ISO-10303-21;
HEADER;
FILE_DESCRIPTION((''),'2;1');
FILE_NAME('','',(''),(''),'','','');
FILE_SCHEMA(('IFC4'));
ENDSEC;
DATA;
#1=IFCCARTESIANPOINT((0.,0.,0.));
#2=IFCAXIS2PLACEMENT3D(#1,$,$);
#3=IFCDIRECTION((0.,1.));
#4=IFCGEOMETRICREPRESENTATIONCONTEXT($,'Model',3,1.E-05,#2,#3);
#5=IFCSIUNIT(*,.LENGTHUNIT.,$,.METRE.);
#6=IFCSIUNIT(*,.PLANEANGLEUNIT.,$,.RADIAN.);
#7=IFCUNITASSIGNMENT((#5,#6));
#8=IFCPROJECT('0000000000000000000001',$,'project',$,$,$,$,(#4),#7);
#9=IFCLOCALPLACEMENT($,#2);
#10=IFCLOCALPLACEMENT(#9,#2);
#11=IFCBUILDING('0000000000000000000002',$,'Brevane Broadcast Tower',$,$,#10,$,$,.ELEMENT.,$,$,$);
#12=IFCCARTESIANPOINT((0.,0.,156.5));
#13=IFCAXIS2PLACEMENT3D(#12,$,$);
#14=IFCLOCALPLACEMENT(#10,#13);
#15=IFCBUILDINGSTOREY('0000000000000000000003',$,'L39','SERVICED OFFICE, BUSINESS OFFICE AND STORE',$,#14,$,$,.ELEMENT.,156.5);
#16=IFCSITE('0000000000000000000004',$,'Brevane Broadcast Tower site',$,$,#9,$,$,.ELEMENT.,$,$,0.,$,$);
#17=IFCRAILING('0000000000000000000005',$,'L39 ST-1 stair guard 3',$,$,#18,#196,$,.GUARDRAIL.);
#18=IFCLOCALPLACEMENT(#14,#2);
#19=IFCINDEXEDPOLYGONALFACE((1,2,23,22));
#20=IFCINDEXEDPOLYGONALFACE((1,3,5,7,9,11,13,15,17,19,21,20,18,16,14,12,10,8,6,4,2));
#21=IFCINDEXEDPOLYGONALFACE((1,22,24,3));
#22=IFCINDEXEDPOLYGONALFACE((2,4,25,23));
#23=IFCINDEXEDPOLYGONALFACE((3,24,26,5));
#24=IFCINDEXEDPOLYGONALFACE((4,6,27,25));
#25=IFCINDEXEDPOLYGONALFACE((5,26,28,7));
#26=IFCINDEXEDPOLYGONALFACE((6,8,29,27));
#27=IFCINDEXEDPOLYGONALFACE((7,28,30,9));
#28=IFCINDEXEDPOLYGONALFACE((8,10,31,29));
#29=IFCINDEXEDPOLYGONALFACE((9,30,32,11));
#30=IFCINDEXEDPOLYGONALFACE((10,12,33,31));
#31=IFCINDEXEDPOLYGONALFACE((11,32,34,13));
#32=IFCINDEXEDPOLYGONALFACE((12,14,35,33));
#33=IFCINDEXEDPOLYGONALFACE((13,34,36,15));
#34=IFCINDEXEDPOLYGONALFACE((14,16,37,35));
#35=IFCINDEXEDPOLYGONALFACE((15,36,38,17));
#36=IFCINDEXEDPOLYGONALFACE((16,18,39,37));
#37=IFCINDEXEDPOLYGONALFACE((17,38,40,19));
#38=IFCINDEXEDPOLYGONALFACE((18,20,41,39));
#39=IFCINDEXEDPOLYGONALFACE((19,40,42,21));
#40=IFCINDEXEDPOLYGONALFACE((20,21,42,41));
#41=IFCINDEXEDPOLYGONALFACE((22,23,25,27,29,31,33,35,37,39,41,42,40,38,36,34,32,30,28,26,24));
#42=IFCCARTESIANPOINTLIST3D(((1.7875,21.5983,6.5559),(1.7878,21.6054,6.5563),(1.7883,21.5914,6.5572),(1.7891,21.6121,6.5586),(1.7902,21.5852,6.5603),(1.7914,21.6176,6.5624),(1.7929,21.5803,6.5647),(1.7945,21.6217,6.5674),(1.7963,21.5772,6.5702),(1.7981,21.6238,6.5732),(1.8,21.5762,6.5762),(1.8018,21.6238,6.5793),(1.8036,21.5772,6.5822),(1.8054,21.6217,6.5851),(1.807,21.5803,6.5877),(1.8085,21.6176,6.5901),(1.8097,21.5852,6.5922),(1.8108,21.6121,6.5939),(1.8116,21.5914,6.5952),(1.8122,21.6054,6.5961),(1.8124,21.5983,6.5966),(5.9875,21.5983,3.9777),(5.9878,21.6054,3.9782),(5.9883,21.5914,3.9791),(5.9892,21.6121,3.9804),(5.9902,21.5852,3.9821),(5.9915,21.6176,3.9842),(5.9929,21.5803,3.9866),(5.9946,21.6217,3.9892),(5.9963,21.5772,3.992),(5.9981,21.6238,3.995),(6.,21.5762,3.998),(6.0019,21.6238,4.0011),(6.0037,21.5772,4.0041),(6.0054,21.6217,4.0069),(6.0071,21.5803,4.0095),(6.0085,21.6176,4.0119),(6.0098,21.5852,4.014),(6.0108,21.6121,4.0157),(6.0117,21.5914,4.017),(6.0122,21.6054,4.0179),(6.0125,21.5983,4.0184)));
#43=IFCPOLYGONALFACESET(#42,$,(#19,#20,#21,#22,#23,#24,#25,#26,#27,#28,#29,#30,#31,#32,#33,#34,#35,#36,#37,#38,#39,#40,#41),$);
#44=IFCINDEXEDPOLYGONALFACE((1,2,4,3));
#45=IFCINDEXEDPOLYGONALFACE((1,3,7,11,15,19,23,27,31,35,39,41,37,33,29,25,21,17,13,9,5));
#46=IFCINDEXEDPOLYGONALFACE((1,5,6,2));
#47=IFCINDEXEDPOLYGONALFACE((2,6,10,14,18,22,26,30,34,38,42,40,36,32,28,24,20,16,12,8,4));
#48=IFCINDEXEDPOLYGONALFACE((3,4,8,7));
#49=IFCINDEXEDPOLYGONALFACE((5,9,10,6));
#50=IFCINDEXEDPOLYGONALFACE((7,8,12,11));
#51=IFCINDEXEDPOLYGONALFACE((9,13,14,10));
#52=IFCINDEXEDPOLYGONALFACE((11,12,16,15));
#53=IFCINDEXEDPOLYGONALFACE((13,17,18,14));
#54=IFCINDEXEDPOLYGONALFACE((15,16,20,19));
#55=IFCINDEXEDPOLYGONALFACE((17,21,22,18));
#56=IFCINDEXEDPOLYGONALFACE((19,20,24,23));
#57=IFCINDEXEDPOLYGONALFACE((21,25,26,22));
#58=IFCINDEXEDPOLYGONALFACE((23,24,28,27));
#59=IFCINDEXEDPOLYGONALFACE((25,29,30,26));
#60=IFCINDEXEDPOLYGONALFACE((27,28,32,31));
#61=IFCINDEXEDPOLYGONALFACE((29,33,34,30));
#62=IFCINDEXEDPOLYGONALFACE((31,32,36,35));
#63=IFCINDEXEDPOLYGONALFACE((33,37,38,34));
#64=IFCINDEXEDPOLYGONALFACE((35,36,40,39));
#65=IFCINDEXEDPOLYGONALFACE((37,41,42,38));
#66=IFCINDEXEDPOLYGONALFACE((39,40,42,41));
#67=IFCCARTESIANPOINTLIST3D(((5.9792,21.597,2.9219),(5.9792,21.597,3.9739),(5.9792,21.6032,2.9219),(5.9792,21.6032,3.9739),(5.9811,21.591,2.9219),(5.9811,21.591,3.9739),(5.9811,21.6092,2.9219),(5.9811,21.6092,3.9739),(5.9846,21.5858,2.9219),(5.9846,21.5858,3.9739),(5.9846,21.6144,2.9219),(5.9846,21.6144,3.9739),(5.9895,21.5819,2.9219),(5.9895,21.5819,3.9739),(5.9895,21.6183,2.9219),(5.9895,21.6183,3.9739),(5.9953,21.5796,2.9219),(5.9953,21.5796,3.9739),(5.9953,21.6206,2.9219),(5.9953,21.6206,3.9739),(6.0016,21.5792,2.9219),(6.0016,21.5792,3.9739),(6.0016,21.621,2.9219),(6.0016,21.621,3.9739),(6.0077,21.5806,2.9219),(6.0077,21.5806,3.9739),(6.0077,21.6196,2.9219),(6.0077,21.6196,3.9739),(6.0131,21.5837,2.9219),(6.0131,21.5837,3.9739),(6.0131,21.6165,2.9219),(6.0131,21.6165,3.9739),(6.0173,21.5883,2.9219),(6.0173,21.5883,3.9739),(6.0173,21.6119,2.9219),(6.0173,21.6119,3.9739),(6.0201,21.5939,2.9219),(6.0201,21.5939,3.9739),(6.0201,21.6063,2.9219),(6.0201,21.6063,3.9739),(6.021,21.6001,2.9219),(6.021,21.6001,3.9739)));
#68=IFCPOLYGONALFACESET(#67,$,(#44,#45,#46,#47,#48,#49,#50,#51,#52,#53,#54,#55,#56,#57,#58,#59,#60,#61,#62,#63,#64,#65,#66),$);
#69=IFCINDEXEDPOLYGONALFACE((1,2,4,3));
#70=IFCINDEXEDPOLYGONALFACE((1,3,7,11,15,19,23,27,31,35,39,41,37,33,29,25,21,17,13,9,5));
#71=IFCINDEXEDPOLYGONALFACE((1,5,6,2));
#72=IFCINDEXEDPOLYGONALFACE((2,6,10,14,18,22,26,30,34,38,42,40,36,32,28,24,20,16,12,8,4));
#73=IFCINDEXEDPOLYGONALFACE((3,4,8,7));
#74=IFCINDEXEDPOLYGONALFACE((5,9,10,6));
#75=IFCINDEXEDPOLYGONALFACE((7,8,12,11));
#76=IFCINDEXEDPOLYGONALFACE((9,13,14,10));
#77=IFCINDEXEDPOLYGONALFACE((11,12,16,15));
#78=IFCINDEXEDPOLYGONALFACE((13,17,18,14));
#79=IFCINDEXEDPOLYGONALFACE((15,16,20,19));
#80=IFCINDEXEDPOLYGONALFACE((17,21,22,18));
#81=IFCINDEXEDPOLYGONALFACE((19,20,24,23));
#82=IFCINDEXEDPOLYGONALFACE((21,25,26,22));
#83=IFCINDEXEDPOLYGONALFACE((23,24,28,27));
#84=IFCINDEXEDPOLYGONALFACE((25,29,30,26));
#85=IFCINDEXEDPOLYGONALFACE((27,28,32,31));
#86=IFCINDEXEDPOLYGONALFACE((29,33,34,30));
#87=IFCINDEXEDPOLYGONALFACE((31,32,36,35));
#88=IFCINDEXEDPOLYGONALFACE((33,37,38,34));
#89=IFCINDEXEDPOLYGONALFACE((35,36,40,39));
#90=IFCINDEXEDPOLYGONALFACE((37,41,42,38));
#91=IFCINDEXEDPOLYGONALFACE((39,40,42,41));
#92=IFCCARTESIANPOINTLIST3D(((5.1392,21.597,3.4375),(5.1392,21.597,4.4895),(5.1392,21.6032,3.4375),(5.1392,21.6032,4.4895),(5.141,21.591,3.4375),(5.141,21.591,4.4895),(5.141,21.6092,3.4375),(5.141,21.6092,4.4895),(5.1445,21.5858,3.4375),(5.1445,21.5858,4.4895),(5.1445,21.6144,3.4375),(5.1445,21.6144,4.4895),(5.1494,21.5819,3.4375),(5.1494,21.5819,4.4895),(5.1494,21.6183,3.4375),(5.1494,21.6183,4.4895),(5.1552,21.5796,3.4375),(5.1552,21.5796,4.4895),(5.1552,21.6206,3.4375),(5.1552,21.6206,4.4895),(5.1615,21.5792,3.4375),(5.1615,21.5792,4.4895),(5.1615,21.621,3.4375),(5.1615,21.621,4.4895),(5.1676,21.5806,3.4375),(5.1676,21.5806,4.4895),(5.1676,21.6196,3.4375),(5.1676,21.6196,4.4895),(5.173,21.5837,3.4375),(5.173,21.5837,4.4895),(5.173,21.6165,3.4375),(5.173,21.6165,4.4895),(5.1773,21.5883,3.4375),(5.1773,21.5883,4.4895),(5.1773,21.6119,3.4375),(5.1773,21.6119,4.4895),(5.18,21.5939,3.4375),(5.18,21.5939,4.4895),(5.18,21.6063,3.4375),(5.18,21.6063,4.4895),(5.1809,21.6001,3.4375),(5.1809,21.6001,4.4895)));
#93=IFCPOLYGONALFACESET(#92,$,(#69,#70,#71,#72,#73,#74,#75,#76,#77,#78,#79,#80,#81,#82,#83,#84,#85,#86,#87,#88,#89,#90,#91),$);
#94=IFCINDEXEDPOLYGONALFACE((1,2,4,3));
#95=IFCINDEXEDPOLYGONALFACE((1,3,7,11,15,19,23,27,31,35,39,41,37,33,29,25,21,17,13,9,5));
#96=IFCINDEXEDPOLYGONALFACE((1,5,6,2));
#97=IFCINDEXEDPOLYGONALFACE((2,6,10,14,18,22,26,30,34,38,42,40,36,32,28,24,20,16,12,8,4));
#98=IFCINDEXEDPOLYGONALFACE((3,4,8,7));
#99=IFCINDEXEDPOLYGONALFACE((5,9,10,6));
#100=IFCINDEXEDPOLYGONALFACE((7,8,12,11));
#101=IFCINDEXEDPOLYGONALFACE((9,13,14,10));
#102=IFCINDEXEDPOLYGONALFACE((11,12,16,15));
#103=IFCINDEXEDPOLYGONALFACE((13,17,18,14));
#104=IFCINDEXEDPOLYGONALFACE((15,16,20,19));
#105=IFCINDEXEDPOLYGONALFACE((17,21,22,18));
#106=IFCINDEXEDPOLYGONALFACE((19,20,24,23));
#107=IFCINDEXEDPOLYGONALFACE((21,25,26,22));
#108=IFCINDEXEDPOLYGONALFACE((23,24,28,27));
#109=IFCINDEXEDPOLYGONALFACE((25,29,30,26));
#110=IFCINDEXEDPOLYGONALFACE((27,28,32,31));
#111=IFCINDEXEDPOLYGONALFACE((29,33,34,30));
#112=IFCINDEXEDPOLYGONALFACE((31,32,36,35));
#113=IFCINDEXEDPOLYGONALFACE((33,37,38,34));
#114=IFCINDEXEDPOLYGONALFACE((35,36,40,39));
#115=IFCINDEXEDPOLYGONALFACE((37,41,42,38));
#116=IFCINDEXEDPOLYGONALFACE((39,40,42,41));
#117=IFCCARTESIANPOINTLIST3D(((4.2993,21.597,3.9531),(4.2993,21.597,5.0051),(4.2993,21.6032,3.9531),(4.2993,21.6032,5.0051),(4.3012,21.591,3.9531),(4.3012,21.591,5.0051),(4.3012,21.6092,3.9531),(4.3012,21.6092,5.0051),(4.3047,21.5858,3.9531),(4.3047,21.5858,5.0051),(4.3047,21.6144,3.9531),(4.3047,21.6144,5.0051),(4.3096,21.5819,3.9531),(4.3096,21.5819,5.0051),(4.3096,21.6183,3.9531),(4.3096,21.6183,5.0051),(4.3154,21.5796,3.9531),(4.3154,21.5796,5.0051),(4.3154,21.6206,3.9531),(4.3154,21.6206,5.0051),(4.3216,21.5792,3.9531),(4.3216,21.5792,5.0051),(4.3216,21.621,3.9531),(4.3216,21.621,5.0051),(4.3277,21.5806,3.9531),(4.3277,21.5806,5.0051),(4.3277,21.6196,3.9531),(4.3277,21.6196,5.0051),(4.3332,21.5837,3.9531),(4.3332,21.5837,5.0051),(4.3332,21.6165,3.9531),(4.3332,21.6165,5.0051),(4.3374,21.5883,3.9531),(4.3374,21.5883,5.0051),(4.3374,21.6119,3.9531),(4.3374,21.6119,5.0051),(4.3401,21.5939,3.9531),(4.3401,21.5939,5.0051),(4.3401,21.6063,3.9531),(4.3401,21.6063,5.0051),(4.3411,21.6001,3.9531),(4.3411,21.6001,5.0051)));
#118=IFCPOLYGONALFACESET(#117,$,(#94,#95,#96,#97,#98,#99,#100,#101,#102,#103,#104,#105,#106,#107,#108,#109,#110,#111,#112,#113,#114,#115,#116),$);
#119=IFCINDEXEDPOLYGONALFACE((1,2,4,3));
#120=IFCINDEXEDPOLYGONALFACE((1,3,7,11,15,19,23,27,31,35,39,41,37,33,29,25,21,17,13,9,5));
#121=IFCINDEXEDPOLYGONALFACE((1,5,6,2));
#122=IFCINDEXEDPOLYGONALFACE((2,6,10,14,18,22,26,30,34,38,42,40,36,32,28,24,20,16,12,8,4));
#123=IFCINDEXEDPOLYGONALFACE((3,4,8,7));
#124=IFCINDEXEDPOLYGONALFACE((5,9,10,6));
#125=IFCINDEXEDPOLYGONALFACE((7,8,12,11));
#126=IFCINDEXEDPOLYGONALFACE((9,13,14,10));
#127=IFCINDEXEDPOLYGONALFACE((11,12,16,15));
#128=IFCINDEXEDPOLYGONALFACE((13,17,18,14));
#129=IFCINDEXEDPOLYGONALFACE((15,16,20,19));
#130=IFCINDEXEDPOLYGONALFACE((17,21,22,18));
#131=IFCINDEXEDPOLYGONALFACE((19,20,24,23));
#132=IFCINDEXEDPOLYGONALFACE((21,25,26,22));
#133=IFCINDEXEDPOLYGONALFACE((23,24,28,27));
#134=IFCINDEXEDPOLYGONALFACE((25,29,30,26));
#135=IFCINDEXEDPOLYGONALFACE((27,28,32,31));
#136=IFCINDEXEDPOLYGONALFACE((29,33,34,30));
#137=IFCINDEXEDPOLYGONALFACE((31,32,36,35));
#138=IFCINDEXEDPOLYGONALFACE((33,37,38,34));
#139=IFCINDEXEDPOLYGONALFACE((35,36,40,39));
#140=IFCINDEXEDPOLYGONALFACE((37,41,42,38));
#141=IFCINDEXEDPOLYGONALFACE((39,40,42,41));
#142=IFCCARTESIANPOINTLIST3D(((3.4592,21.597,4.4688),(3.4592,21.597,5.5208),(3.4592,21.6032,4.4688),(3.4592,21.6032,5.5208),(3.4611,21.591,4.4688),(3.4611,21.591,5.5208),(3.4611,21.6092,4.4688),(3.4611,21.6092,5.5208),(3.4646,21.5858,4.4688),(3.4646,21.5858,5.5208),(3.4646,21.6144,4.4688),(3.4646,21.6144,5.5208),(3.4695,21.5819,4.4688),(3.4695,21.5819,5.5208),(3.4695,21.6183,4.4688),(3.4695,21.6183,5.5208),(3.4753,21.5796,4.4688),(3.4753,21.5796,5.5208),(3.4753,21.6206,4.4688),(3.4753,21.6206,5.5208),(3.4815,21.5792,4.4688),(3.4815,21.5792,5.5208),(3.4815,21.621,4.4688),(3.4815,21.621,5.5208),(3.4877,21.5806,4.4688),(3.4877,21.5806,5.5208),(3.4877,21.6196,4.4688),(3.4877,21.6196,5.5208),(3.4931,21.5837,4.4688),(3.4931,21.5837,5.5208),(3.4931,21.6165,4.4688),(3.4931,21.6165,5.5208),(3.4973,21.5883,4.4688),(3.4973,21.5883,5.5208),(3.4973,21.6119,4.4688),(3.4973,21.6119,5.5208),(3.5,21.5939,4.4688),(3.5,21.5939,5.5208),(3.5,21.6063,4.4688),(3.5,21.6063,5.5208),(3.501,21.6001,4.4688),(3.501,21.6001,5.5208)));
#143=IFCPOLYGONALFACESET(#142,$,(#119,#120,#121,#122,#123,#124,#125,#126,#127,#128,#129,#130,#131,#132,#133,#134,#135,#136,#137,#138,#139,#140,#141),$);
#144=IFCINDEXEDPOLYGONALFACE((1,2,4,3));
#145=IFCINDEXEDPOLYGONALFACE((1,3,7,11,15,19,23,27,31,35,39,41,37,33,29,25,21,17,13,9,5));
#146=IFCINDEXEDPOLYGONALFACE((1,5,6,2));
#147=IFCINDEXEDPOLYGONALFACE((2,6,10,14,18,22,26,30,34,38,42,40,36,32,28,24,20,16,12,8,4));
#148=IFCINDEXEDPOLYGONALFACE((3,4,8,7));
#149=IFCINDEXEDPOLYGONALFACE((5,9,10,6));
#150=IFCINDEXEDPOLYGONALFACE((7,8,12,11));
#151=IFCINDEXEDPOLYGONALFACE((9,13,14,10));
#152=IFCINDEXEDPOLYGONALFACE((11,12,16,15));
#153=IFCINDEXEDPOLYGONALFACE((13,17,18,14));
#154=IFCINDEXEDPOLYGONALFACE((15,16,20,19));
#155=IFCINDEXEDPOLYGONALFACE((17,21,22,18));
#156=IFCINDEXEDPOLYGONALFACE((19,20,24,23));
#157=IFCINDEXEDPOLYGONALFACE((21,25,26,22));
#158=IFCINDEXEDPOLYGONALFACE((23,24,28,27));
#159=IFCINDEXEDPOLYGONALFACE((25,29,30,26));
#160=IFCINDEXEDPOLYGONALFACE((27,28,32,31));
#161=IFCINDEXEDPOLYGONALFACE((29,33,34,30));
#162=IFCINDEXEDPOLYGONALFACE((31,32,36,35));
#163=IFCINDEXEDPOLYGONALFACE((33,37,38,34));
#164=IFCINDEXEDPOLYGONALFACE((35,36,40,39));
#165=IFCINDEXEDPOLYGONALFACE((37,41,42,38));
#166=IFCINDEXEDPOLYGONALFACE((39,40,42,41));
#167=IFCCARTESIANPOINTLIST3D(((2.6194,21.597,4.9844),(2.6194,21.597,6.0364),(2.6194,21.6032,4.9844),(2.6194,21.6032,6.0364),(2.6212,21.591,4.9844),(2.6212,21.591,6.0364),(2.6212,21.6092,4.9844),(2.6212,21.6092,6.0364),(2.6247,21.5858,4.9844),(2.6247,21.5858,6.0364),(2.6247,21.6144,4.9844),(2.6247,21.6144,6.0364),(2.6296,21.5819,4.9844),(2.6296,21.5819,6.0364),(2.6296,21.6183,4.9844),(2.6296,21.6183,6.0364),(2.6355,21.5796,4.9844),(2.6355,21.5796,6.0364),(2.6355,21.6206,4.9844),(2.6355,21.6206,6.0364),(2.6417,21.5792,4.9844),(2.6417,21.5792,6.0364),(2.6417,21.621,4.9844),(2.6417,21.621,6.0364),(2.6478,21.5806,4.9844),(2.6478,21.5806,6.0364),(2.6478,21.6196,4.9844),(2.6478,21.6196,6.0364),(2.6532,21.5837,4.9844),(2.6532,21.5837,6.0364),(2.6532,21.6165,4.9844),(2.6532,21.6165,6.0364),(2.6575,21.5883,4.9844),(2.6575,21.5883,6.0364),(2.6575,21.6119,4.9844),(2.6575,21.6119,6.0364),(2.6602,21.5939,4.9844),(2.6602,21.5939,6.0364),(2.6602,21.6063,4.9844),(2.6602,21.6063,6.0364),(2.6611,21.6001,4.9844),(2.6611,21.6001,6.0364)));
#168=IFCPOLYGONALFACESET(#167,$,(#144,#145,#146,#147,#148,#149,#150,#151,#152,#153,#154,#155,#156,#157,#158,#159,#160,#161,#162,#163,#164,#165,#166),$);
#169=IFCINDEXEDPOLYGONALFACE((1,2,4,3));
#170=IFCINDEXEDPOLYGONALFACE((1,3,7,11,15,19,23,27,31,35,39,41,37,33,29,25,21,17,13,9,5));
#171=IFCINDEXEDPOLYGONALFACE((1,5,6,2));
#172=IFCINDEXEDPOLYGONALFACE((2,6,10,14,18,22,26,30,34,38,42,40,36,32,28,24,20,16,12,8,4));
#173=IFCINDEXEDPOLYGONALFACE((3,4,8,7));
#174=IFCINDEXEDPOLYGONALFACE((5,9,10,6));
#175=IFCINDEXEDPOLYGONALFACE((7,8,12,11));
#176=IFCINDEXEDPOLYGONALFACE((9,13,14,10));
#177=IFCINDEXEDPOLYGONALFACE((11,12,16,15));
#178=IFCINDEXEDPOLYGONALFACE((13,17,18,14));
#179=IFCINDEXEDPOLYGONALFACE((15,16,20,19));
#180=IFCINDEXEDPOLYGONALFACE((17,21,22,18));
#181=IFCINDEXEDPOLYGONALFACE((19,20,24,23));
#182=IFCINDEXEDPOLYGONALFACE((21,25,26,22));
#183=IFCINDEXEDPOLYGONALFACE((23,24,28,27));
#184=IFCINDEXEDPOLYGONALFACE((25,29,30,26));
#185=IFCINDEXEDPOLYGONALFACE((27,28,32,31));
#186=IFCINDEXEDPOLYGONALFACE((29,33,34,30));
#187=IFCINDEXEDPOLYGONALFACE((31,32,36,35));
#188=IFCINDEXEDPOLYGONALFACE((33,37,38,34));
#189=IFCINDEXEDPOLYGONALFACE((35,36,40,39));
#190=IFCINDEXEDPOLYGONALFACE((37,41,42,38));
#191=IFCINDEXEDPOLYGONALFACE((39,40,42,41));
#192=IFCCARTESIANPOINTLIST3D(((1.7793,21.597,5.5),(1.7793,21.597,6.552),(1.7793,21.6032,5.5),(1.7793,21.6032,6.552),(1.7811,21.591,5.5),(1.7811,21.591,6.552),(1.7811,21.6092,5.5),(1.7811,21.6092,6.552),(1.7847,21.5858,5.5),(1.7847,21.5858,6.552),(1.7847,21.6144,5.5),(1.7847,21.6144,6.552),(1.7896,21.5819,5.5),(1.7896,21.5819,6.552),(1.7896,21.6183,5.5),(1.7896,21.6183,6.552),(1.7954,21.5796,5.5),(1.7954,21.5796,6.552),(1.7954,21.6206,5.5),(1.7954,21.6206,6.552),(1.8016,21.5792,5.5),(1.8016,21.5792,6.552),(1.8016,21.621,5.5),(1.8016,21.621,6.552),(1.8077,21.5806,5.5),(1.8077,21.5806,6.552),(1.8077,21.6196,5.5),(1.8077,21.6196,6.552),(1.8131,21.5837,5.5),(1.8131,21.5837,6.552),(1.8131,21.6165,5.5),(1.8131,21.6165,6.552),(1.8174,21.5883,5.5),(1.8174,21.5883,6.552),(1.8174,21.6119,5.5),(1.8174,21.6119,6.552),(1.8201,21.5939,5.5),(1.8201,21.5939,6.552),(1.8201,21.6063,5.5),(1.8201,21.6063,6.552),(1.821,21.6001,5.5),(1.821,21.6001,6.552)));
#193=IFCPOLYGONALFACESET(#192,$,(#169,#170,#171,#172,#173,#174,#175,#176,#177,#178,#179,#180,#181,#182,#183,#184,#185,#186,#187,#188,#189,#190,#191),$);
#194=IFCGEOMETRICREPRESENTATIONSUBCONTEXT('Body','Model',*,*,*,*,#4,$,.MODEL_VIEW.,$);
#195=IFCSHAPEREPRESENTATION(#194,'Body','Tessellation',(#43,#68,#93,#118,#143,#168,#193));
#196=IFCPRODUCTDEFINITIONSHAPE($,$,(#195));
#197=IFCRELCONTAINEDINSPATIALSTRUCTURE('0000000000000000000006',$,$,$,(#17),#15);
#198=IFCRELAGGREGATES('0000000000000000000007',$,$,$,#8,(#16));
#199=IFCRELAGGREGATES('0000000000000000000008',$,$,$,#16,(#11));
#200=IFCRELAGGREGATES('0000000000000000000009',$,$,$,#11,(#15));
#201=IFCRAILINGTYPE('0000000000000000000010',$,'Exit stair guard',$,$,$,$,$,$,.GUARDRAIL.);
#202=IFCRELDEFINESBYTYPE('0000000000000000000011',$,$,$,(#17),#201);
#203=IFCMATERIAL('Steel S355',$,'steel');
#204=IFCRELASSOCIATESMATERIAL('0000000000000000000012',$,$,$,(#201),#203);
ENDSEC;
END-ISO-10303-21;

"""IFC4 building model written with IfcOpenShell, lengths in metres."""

from ifc_helpers import new_model, si_unit, direction, frame, origin, origin_2d, place, context, subcontext, project, spatial, circle, extrude, material, type_object, element, save


model = new_model("IFC4")

# Units and contexts
model_context = context("Model", 3, precision=1e-05, world=origin(), true_north=direction((0.0, 1.0)))
body_context = subcontext(model_context, "Body", "Model", "MODEL_VIEW")
ifc_project = project(units=[si_unit("LENGTHUNIT", "METRE"), si_unit("PLANEANGLEUNIT", "RADIAN")], contexts=[model_context])

# Site, building, storey
site_placement = place(None, origin())
site = spatial("IfcSite", under=ifc_project, at=site_placement, Name="Brevane Broadcast Tower site", CompositionType="ELEMENT", RefElevation=0.0)
building_placement = place(site_placement, origin())
building = spatial("IfcBuilding", under=site, at=building_placement, Name="Brevane Broadcast Tower", CompositionType="ELEMENT")
storey_placement = place(building_placement, frame((0.0, 0.0, 156.5)))
storey = spatial("IfcBuildingStorey", under=building, at=storey_placement, Name="L39", Description="SERVICED OFFICE, BUSINESS OFFICE AND STORE", CompositionType="ELEMENT", Elevation=156.5)

# Railing
ifc_material_1 = material(Name="Steel S355", Category="steel")
railing_type_1 = type_object("IfcRailingType", Name="Exit stair guard", PredefinedType="GUARDRAIL", material=ifc_material_1)
railing_1_placement = place(storey_placement, frame((6.0, 21.6001, 2.9219)))
element("IfcRailing", 1, at=railing_1_placement, inside=storey, type_object=railing_type_1, Name="L39 ST-1 stair guard 3", PredefinedType="GUARDRAIL", context=body_context, shape_type="SweptSolid", body=[
    extrude(circle(Radius=0.0239, at=origin_2d()), frame((0.0, 0.0, 1.0762), z_axis=(-0.852243, 0.0, 0.523146), x_axis=(0.0, -1.0, 0.0)), (0.0, 0.0, 1.0), 4.9282),
    extrude(circle(Radius=0.021, at=origin_2d()), origin(), (0.0, 0.0, 1.0), 1.052),
    extrude(circle(Radius=0.021, at=origin_2d()), frame((-0.8401, 0.0, 0.5156)), (0.0, 0.0, 1.0), 1.052),
    extrude(circle(Radius=0.021, at=origin_2d()), frame((-1.6799, 0.0, 1.0312)), (0.0, 0.0, 1.0), 1.052),
    extrude(circle(Radius=0.021, at=origin_2d()), frame((-2.52, 0.0, 1.5469)), (0.0, 0.0, 1.0), 1.052),
    extrude(circle(Radius=0.021, at=origin_2d()), frame((-3.3599, 0.0, 2.0625)), (0.0, 0.0, 1.0), 1.052),
    extrude(circle(Radius=0.021, at=origin_2d()), frame((-4.2, 0.0, 2.5781)), (0.0, 0.0, 1.0), 1.052),
])

save(model, "model.ifc")
